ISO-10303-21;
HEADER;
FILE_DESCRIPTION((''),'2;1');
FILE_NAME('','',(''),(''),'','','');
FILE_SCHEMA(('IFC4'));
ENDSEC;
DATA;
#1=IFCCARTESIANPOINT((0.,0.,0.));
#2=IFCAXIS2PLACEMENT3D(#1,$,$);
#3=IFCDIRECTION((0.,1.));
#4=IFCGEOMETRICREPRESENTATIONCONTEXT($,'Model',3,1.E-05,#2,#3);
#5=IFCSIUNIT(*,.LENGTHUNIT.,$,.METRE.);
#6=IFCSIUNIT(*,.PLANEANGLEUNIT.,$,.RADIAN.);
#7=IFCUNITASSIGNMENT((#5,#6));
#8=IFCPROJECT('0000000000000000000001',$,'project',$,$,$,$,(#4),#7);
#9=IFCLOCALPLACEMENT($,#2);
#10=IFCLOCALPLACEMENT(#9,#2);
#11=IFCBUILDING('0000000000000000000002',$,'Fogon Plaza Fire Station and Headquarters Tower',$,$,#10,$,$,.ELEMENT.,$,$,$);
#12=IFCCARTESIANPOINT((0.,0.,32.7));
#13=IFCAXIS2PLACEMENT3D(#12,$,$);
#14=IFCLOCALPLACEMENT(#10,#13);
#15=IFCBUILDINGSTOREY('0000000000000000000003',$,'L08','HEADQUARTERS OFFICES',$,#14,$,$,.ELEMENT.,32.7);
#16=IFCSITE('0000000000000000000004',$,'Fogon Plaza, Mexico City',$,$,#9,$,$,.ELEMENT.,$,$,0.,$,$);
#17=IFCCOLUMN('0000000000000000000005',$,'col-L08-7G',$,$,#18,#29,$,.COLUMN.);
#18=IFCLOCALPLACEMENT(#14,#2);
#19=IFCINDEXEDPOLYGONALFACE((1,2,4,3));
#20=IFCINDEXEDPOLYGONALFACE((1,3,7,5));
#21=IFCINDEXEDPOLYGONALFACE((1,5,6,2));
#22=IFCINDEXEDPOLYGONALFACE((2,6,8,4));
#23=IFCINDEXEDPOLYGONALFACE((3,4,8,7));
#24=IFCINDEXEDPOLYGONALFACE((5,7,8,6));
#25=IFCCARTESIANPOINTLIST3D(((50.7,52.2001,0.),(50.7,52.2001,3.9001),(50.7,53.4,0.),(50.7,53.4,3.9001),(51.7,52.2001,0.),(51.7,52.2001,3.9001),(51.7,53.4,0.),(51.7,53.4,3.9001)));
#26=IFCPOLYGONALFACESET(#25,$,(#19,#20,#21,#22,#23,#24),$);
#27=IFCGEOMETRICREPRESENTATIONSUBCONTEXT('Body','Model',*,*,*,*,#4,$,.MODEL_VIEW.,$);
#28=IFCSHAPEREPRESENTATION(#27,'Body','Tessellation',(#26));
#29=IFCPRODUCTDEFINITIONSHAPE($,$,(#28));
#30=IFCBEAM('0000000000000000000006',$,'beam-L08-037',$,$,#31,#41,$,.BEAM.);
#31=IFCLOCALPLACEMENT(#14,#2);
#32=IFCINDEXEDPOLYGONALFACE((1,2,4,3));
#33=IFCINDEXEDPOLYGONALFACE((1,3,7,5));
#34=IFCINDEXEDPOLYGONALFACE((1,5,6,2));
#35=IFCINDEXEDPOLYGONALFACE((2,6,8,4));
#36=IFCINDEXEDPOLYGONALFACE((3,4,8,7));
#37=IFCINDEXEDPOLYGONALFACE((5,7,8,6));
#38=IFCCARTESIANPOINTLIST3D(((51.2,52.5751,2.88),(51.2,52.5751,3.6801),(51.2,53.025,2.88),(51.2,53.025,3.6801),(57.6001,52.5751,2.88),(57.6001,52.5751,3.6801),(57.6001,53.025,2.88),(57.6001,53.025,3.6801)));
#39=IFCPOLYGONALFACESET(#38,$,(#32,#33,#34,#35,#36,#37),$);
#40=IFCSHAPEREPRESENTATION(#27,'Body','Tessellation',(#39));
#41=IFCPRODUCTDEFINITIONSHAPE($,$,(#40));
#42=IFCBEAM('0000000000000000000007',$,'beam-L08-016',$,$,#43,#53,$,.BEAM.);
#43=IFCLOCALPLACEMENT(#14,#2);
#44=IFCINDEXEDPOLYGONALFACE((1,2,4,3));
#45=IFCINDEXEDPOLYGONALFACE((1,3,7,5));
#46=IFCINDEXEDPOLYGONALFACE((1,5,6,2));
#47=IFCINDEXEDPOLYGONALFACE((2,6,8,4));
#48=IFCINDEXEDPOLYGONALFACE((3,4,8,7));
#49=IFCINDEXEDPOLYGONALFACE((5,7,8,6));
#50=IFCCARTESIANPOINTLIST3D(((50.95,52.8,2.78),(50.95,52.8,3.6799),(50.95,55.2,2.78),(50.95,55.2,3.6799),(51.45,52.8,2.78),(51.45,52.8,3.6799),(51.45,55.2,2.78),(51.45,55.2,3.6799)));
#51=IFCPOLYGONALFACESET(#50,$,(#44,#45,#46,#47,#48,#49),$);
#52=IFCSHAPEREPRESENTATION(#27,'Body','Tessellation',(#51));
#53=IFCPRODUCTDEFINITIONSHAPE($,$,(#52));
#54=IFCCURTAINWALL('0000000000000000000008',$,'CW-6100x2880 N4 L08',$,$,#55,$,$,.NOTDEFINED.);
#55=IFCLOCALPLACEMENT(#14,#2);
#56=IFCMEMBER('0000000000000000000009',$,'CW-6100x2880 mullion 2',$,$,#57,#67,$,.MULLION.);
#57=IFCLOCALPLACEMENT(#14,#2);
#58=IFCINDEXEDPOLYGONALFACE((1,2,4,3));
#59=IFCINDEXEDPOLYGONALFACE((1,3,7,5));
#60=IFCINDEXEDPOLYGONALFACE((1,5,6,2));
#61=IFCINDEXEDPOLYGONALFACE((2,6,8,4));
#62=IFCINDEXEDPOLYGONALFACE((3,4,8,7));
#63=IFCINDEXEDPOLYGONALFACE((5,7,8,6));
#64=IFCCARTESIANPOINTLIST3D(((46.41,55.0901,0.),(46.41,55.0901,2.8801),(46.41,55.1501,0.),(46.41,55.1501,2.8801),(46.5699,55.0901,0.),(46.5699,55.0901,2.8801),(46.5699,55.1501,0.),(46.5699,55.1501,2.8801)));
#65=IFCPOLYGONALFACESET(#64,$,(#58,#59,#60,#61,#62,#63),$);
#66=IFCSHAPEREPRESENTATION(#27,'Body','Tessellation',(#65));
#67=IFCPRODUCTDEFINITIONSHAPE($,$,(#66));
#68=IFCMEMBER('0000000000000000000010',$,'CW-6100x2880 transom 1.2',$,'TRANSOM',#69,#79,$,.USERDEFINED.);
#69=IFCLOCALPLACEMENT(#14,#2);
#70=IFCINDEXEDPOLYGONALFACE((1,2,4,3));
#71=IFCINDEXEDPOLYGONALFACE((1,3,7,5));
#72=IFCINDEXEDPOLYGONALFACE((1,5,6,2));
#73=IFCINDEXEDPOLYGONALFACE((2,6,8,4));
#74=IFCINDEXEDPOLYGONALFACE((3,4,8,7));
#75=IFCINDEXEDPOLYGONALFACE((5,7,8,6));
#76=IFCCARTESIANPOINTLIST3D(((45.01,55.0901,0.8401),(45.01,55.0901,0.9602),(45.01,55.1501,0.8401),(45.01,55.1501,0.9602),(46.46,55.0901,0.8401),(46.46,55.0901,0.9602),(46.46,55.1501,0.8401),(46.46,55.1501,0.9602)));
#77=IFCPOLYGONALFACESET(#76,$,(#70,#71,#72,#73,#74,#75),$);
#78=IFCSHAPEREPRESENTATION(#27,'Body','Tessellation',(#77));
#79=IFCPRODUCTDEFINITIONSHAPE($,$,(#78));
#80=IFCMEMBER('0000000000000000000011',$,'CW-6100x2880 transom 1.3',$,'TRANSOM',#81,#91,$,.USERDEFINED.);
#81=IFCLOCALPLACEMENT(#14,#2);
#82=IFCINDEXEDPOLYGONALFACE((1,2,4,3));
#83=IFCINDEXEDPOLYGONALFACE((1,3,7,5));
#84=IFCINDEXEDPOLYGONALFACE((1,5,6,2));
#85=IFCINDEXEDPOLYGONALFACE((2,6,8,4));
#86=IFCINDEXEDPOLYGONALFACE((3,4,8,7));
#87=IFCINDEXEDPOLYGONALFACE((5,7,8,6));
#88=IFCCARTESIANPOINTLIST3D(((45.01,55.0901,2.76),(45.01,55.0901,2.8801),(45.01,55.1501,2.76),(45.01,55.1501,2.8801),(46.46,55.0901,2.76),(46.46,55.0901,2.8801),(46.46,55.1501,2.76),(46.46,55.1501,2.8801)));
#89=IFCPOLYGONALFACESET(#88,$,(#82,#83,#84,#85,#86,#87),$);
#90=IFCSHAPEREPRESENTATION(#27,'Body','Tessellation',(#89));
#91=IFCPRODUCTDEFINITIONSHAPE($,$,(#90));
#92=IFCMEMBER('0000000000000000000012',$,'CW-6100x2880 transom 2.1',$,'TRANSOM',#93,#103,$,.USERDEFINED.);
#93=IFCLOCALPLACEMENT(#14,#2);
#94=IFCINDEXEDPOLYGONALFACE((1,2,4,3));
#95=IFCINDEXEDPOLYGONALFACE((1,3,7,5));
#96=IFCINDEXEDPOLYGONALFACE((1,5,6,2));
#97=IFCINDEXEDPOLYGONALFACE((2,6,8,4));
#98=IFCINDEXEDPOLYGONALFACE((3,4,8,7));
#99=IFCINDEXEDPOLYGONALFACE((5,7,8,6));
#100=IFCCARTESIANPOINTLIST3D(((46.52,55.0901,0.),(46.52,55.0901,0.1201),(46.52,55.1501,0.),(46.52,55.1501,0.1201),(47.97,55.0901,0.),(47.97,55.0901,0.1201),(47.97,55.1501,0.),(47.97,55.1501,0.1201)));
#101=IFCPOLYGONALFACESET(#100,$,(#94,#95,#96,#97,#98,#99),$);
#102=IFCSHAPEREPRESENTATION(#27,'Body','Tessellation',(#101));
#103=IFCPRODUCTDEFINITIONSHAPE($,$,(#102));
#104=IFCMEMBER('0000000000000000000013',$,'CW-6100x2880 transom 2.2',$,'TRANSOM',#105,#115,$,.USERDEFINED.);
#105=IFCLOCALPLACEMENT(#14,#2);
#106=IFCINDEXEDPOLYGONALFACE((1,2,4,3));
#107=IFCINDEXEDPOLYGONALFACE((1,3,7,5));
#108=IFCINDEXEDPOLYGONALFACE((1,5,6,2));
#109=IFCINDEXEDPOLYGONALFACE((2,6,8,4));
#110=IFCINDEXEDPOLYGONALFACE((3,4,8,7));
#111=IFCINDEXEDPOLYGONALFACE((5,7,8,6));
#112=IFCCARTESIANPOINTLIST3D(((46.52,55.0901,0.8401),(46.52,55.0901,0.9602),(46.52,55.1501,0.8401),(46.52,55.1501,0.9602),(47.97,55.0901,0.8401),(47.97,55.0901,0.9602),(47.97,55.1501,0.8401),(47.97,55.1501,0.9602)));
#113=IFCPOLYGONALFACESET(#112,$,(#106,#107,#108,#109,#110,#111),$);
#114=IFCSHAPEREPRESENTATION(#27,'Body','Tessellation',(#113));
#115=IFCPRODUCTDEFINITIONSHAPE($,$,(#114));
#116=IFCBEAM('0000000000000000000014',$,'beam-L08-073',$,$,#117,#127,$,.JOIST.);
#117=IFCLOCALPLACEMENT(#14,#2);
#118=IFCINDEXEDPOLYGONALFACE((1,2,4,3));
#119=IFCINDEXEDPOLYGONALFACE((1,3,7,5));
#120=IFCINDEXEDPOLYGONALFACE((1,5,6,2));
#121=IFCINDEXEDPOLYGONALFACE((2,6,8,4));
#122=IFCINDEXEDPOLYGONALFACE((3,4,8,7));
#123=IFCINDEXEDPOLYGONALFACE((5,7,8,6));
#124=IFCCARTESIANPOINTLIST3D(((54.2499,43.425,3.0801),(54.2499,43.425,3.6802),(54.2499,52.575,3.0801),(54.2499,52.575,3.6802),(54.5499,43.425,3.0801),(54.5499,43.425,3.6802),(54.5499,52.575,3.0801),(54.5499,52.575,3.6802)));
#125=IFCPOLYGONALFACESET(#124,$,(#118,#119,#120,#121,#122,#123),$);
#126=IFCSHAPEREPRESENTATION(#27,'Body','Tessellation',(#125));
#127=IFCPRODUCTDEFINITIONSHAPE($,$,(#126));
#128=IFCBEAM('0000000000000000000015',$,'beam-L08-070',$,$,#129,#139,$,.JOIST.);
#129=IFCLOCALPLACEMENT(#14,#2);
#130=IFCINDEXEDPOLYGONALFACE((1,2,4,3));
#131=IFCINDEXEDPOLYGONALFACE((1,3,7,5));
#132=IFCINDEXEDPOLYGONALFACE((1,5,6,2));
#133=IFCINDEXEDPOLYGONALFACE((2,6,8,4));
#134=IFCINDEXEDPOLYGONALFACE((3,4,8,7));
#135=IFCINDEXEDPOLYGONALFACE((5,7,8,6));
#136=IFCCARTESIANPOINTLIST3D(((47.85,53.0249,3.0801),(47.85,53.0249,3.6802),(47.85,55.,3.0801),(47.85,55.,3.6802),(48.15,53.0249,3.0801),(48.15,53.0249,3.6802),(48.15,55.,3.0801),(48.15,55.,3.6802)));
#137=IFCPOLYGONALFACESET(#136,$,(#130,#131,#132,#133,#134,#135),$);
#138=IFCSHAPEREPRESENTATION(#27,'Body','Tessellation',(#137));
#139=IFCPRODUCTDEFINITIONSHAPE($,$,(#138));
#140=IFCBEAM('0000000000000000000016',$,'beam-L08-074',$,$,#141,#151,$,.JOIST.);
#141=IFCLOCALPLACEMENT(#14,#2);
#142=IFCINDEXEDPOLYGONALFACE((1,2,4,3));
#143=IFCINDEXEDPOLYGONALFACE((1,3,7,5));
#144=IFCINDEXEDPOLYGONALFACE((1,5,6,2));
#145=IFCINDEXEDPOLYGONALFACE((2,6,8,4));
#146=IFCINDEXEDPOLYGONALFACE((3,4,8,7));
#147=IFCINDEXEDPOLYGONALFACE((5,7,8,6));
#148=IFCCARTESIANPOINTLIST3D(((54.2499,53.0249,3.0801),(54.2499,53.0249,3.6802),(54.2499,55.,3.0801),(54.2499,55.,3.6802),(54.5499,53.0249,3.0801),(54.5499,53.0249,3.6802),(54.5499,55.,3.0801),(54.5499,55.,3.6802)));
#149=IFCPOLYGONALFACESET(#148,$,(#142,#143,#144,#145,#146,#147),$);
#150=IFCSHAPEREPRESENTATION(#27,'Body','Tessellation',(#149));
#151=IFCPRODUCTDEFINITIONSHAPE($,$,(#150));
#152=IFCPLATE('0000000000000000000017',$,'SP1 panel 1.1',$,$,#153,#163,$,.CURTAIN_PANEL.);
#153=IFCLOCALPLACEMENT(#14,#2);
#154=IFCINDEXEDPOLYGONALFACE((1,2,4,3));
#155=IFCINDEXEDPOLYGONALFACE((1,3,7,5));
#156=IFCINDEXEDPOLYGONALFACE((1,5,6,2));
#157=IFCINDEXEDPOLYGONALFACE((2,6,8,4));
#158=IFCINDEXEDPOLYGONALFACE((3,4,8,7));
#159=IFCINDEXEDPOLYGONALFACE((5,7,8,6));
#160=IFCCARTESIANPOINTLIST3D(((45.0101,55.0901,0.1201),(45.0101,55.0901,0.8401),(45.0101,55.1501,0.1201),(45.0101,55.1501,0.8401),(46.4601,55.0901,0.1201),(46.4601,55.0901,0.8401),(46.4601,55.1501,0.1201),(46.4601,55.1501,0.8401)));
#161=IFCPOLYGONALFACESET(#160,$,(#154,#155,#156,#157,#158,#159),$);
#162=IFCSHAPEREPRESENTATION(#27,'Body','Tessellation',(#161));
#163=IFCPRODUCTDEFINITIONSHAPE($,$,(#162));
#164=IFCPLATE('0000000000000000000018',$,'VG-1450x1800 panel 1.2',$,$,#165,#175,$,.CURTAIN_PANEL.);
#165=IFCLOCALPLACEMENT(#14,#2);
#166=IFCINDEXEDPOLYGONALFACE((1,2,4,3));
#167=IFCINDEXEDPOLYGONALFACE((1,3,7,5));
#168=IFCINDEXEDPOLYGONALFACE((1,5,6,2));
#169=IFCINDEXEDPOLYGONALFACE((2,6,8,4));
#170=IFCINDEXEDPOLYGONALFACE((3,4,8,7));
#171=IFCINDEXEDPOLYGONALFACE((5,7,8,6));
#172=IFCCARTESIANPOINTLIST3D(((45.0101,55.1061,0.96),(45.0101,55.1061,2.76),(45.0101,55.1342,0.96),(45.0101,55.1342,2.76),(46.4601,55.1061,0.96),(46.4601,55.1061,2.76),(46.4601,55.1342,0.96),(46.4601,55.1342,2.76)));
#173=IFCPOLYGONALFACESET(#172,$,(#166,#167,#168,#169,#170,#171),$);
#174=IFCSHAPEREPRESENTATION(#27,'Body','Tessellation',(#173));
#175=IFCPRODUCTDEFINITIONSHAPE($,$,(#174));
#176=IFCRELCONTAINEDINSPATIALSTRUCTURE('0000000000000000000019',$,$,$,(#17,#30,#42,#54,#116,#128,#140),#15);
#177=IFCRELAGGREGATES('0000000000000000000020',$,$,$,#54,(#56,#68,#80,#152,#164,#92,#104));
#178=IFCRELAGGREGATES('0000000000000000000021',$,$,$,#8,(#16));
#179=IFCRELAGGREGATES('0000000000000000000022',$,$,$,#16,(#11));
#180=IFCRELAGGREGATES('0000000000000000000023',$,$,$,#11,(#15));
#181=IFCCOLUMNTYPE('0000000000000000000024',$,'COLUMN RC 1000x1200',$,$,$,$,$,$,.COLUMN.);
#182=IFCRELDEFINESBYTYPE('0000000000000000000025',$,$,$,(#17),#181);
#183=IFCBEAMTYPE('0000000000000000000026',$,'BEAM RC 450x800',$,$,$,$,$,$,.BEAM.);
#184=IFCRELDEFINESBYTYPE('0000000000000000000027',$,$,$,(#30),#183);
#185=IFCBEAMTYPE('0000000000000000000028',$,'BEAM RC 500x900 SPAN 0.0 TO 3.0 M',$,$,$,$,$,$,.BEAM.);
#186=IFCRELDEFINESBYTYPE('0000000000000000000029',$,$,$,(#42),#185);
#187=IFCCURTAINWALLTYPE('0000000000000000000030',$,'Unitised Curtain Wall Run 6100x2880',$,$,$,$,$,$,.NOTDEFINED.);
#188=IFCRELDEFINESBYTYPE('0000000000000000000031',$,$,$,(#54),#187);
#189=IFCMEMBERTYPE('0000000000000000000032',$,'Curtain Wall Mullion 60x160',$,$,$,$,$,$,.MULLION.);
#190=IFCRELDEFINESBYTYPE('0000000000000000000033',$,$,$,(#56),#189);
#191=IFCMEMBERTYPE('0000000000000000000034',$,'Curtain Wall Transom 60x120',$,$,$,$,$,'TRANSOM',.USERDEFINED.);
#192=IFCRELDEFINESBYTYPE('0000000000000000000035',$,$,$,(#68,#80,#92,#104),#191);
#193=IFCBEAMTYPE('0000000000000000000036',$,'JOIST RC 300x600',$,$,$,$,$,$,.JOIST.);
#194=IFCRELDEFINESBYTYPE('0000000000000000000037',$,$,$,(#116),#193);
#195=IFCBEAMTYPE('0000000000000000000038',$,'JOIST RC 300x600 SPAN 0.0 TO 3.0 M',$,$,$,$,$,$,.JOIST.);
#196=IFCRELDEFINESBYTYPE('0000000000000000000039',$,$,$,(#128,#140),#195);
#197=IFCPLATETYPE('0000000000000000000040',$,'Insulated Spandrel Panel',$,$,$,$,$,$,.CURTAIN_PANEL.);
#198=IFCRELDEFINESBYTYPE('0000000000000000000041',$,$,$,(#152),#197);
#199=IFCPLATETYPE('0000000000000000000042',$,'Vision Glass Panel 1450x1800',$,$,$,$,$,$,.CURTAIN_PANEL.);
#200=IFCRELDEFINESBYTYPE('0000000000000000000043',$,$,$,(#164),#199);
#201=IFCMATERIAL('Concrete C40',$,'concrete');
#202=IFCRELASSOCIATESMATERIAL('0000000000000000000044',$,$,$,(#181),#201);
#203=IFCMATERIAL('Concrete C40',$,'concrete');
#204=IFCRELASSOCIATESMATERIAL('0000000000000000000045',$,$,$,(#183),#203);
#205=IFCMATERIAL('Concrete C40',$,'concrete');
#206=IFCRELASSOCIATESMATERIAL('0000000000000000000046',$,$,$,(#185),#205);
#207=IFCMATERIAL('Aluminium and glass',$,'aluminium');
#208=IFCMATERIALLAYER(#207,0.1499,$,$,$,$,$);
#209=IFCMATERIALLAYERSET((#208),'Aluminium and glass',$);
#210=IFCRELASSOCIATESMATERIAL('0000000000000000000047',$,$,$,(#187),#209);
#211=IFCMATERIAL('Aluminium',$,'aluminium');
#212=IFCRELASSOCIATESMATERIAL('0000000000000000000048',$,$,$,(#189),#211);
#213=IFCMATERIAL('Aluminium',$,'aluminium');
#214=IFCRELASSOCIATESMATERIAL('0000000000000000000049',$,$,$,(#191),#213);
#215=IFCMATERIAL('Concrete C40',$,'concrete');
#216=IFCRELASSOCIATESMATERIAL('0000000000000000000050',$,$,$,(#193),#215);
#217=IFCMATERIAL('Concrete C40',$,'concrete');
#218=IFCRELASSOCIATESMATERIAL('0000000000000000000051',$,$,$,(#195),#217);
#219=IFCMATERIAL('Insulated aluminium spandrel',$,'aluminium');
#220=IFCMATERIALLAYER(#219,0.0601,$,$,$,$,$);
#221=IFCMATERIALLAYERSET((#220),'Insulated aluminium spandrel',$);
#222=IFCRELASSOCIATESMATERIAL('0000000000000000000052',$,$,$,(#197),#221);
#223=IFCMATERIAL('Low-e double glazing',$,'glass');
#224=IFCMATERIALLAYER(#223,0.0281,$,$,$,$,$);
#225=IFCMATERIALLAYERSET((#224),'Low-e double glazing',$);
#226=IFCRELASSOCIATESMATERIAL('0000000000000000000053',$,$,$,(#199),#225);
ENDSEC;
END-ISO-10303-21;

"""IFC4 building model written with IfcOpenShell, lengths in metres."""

from ifc_helpers import new_model, si_unit, direction, frame, origin, origin_2d, place, context, subcontext, project, spatial, rectangle, extrude, material, layer, layer_set, material_profile, profile_set, type_object, element, aggregate, save


model = new_model("IFC4")

# Units and contexts
model_context = context("Model", 3, precision=1e-05, world=origin(), true_north=direction((0.0, 1.0)))
body_context = subcontext(model_context, "Body", "Model", "MODEL_VIEW")
ifc_project = project(units=[si_unit("LENGTHUNIT", "METRE"), si_unit("PLANEANGLEUNIT", "RADIAN")], contexts=[model_context])

# Site, building, storey
site_placement = place(None, origin())
site = spatial("IfcSite", under=ifc_project, at=site_placement, Name="Fogon Plaza, Mexico City", CompositionType="ELEMENT", RefElevation=0.0)
building_placement = place(site_placement, origin())
building = spatial("IfcBuilding", under=site, at=building_placement, Name="Fogon Plaza Fire Station and Headquarters Tower", CompositionType="ELEMENT")
storey_placement = place(building_placement, frame((0.0, 0.0, 32.7)))
storey = spatial("IfcBuildingStorey", under=building, at=storey_placement, Name="L08", Description="HEADQUARTERS OFFICES", CompositionType="ELEMENT", Elevation=32.7)

# Column
ifc_material_1 = material(Name="Concrete C40", Category="concrete")
ifc_material_profile_1 = material_profile(ifc_material_1, rectangle(XDim=1.0, YDim=1.2, at=origin_2d()), Name="RC 1000x1200")
ifc_profile_set_1 = profile_set([ifc_material_profile_1], Name="Concrete C40")
column_type = type_object("IfcColumnType", Name="COLUMN RC 1000x1200", PredefinedType="COLUMN", material=ifc_profile_set_1)
column_placement = place(storey_placement, frame((51.2, 52.8, 0.0), z_axis=(0.0, 0.0, 1.0), x_axis=(1.0, 0.0, 0.0)))
element("IfcColumn", 1, at=column_placement, inside=storey, type_object=column_type, Name="col-L08-7G", PredefinedType="COLUMN", context=body_context, shape_type="SweptSolid", body=[
    extrude(rectangle(XDim=1.0, YDim=1.2, at=origin_2d()), origin(), (0.0, 0.0, 1.0), 3.9001),
])

# Beams
ifc_material_2 = material(Name="Concrete C40", Category="concrete")
ifc_material_profile_2 = material_profile(ifc_material_2, rectangle(XDim=0.45, YDim=0.8, at=origin_2d()), Name="RC 450x800")
ifc_profile_set_2 = profile_set([ifc_material_profile_2], Name="Concrete C40")
beam_type_1 = type_object("IfcBeamType", Name="BEAM RC 450x800", PredefinedType="BEAM", material=ifc_profile_set_2)
beam_1_placement = place(storey_placement, frame((51.2, 52.8, 3.28), z_axis=(1.0, 0.0, 0.0), x_axis=(0.0, 1.0, 0.0)))
element("IfcBeam", 2, at=beam_1_placement, inside=storey, type_object=beam_type_1, Name="beam-L08-037", PredefinedType="BEAM", context=body_context, shape_type="SweptSolid", body=[
    extrude(rectangle(XDim=0.45, YDim=0.8, at=origin_2d()), origin(), (0.0, 0.0, 1.0), 6.4001),
])
ifc_material_3 = material(Name="Concrete C40", Category="concrete")
ifc_material_profile_3 = material_profile(ifc_material_3, rectangle(XDim=0.5, YDim=0.8999, at=origin_2d()), Name="RC 500x900")
ifc_profile_set_3 = profile_set([ifc_material_profile_3], Name="Concrete C40")
beam_type_2 = type_object("IfcBeamType", Name="BEAM RC 500x900 SPAN 0.0 TO 3.0 M", PredefinedType="BEAM", material=ifc_profile_set_3)
beam_2_placement = place(storey_placement, frame((51.2, 52.8, 3.23), z_axis=(0.0, 1.0, 0.0), x_axis=(-1.0, 0.0, 0.0)))
element("IfcBeam", 3, at=beam_2_placement, inside=storey, type_object=beam_type_2, Name="beam-L08-016", PredefinedType="BEAM", context=body_context, shape_type="SweptSolid", body=[
    extrude(rectangle(XDim=0.5, YDim=0.8999, at=origin_2d()), origin(), (0.0, 0.0, 1.0), 2.3999),
])

# Curtain wall, members
ifc_material_4 = material(Name="Aluminium and glass", Category="aluminium")
ifc_layer_1 = layer(ifc_material_4, 0.1499)
ifc_layer_set_1 = layer_set([ifc_layer_1], Name="Aluminium and glass")
curtain_wall_type = type_object("IfcCurtainWallType", Name="Unitised Curtain Wall Run 6100x2880", PredefinedType="NOTDEFINED", material=ifc_layer_set_1)
curtain_wall_placement = place(storey_placement, origin())
curtain_wall = element("IfcCurtainWall", 4, at=curtain_wall_placement, inside=storey, type_object=curtain_wall_type, Name="CW-6100x2880 N4 L08", PredefinedType="NOTDEFINED")
ifc_material_5 = material(Name="Aluminium", Category="aluminium")
ifc_material_profile_4 = material_profile(ifc_material_5, rectangle(XDim=0.0601, YDim=0.1599, at=origin_2d()), Name="Curtain Wall Mullion 60x160")
ifc_profile_set_4 = profile_set([ifc_material_profile_4], Name="Aluminium")
member_type_1 = type_object("IfcMemberType", Name="Curtain Wall Mullion 60x160", PredefinedType="MULLION", material=ifc_profile_set_4)
member_1_placement = place(storey_placement, frame((46.49, 55.1201, 0.0), z_axis=(0.0, 0.0, 1.0), x_axis=(0.0, 1.0, 0.0)))
member_1 = element("IfcMember", 5, at=member_1_placement, type_object=member_type_1, Name="CW-6100x2880 mullion 2", PredefinedType="MULLION", context=body_context, shape_type="SweptSolid", body=[
    extrude(rectangle(XDim=0.0601, YDim=0.1599, at=origin_2d()), origin(), (0.0, 0.0, 1.0), 2.8801),
])
ifc_material_6 = material(Name="Aluminium", Category="aluminium")
ifc_material_profile_5 = material_profile(ifc_material_6, rectangle(XDim=0.0601, YDim=0.1201, at=origin_2d()), Name="Curtain Wall Transom 60x120")
ifc_profile_set_5 = profile_set([ifc_material_profile_5], Name="Aluminium")
member_type_2 = type_object("IfcMemberType", Name="Curtain Wall Transom 60x120", ElementType="TRANSOM", PredefinedType="USERDEFINED", material=ifc_profile_set_5)
member_2_placement = place(storey_placement, frame((45.01, 55.1201, 0.9001), z_axis=(1.0, 0.0, 0.0), x_axis=(0.0, 1.0, 0.0)))
member_2 = element("IfcMember", 6, at=member_2_placement, type_object=member_type_2, Name="CW-6100x2880 transom 1.2", ObjectType="TRANSOM", PredefinedType="USERDEFINED", context=body_context, shape_type="SweptSolid", body=[
    extrude(rectangle(XDim=0.0601, YDim=0.1201, at=origin_2d()), origin(), (0.0, 0.0, 1.0), 1.45),
])
member_3_placement = place(storey_placement, frame((45.01, 55.1201, 2.8201), z_axis=(1.0, 0.0, 0.0), x_axis=(0.0, 1.0, 0.0)))
member_3 = element("IfcMember", 7, at=member_3_placement, type_object=member_type_2, Name="CW-6100x2880 transom 1.3", ObjectType="TRANSOM", PredefinedType="USERDEFINED", context=body_context, shape_type="SweptSolid", body=[
    extrude(rectangle(XDim=0.0601, YDim=0.1201, at=origin_2d()), origin(), (0.0, 0.0, 1.0), 1.45),
])
member_4_placement = place(storey_placement, frame((46.52, 55.1201, 0.0601), z_axis=(1.0, 0.0, 0.0), x_axis=(0.0, 1.0, 0.0)))
member_4 = element("IfcMember", 8, at=member_4_placement, type_object=member_type_2, Name="CW-6100x2880 transom 2.1", ObjectType="TRANSOM", PredefinedType="USERDEFINED", context=body_context, shape_type="SweptSolid", body=[
    extrude(rectangle(XDim=0.0601, YDim=0.1201, at=origin_2d()), origin(), (0.0, 0.0, 1.0), 1.45),
])
member_5_placement = place(storey_placement, frame((46.52, 55.1201, 0.9001), z_axis=(1.0, 0.0, 0.0), x_axis=(0.0, 1.0, 0.0)))
member_5 = element("IfcMember", 9, at=member_5_placement, type_object=member_type_2, Name="CW-6100x2880 transom 2.2", ObjectType="TRANSOM", PredefinedType="USERDEFINED", context=body_context, shape_type="SweptSolid", body=[
    extrude(rectangle(XDim=0.0601, YDim=0.1201, at=origin_2d()), origin(), (0.0, 0.0, 1.0), 1.45),
])

# Beams
ifc_material_7 = material(Name="Concrete C40", Category="concrete")
ifc_material_profile_6 = material_profile(ifc_material_7, rectangle(XDim=0.3, YDim=0.6001, at=origin_2d()), Name="RC 300x600")
ifc_profile_set_6 = profile_set([ifc_material_profile_6], Name="Concrete C40")
beam_type_3 = type_object("IfcBeamType", Name="JOIST RC 300x600", PredefinedType="JOIST", material=ifc_profile_set_6)
beam_3_placement = place(storey_placement, frame((54.3999, 43.425, 3.3801), z_axis=(0.0, 1.0, 0.0), x_axis=(-1.0, 0.0, 0.0)))
element("IfcBeam", 10, at=beam_3_placement, inside=storey, type_object=beam_type_3, Name="beam-L08-073", PredefinedType="JOIST", context=body_context, shape_type="SweptSolid", body=[
    extrude(rectangle(XDim=0.3, YDim=0.6001, at=origin_2d()), origin(), (0.0, 0.0, 1.0), 9.1499),
])
ifc_material_8 = material(Name="Concrete C40", Category="concrete")
ifc_material_profile_7 = material_profile(ifc_material_8, rectangle(XDim=0.3, YDim=0.6001, at=origin_2d()), Name="RC 300x600")
ifc_profile_set_7 = profile_set([ifc_material_profile_7], Name="Concrete C40")
beam_type_4 = type_object("IfcBeamType", Name="JOIST RC 300x600 SPAN 0.0 TO 3.0 M", PredefinedType="JOIST", material=ifc_profile_set_7)
for number, where, z_axis, x_axis, name in (
    (11, (48.0, 53.0249, 3.3801), (0.0, 1.0, 0.0), (-1.0, 0.0, 0.0), "beam-L08-070"),
    (12, (54.3999, 53.0249, 3.3801), (0.0, 1.0, 0.0), (-1.0, 0.0, 0.0), "beam-L08-074"),
):
    element("IfcBeam", number, at=place(storey_placement, frame(where, z_axis=z_axis, x_axis=x_axis)), inside=storey, type_object=beam_type_4, Name=name, PredefinedType="JOIST", context=body_context, shape_type="SweptSolid", body=[
        extrude(rectangle(XDim=0.3, YDim=0.6001, at=origin_2d()), origin(), (0.0, 0.0, 1.0), 1.9751),
    ])

# Plates
ifc_material_9 = material(Name="Insulated aluminium spandrel", Category="aluminium")
ifc_layer_2 = layer(ifc_material_9, 0.0601)
ifc_layer_set_2 = layer_set([ifc_layer_2], Name="Insulated aluminium spandrel")
plate_type_1 = type_object("IfcPlateType", Name="Insulated Spandrel Panel", PredefinedType="CURTAIN_PANEL", material=ifc_layer_set_2)
plate_1_placement = place(storey_placement, frame((45.7351, 55.1201, 0.1201), z_axis=(0.0, 0.0, 1.0), x_axis=(1.0, 0.0, 0.0)))
plate_1 = element("IfcPlate", 13, at=plate_1_placement, type_object=plate_type_1, Name="SP1 panel 1.1", PredefinedType="CURTAIN_PANEL", context=body_context, shape_type="SweptSolid", body=[
    extrude(rectangle(XDim=1.45, YDim=0.0601, at=origin_2d()), origin(), (0.0, 0.0, 1.0), 0.72),
])
ifc_material_10 = material(Name="Low-e double glazing", Category="glass")
ifc_layer_3 = layer(ifc_material_10, 0.0281)
ifc_layer_set_3 = layer_set([ifc_layer_3], Name="Low-e double glazing")
plate_type_2 = type_object("IfcPlateType", Name="Vision Glass Panel 1450x1800", PredefinedType="CURTAIN_PANEL", material=ifc_layer_set_3)
plate_2_placement = place(storey_placement, frame((45.7351, 55.1201, 0.96), z_axis=(0.0, 0.0, 1.0), x_axis=(1.0, 0.0, 0.0)))
plate_2 = element("IfcPlate", 14, at=plate_2_placement, type_object=plate_type_2, Name="VG-1450x1800 panel 1.2", PredefinedType="CURTAIN_PANEL", context=body_context, shape_type="SweptSolid", body=[
    extrude(rectangle(XDim=1.45, YDim=0.0281, at=origin_2d()), origin(), (0.0, 0.0, 1.0), 1.8),
])
aggregate(curtain_wall, [member_1, member_2, member_3, plate_1, plate_2, member_4, member_5])

save(model, "model.ifc")
